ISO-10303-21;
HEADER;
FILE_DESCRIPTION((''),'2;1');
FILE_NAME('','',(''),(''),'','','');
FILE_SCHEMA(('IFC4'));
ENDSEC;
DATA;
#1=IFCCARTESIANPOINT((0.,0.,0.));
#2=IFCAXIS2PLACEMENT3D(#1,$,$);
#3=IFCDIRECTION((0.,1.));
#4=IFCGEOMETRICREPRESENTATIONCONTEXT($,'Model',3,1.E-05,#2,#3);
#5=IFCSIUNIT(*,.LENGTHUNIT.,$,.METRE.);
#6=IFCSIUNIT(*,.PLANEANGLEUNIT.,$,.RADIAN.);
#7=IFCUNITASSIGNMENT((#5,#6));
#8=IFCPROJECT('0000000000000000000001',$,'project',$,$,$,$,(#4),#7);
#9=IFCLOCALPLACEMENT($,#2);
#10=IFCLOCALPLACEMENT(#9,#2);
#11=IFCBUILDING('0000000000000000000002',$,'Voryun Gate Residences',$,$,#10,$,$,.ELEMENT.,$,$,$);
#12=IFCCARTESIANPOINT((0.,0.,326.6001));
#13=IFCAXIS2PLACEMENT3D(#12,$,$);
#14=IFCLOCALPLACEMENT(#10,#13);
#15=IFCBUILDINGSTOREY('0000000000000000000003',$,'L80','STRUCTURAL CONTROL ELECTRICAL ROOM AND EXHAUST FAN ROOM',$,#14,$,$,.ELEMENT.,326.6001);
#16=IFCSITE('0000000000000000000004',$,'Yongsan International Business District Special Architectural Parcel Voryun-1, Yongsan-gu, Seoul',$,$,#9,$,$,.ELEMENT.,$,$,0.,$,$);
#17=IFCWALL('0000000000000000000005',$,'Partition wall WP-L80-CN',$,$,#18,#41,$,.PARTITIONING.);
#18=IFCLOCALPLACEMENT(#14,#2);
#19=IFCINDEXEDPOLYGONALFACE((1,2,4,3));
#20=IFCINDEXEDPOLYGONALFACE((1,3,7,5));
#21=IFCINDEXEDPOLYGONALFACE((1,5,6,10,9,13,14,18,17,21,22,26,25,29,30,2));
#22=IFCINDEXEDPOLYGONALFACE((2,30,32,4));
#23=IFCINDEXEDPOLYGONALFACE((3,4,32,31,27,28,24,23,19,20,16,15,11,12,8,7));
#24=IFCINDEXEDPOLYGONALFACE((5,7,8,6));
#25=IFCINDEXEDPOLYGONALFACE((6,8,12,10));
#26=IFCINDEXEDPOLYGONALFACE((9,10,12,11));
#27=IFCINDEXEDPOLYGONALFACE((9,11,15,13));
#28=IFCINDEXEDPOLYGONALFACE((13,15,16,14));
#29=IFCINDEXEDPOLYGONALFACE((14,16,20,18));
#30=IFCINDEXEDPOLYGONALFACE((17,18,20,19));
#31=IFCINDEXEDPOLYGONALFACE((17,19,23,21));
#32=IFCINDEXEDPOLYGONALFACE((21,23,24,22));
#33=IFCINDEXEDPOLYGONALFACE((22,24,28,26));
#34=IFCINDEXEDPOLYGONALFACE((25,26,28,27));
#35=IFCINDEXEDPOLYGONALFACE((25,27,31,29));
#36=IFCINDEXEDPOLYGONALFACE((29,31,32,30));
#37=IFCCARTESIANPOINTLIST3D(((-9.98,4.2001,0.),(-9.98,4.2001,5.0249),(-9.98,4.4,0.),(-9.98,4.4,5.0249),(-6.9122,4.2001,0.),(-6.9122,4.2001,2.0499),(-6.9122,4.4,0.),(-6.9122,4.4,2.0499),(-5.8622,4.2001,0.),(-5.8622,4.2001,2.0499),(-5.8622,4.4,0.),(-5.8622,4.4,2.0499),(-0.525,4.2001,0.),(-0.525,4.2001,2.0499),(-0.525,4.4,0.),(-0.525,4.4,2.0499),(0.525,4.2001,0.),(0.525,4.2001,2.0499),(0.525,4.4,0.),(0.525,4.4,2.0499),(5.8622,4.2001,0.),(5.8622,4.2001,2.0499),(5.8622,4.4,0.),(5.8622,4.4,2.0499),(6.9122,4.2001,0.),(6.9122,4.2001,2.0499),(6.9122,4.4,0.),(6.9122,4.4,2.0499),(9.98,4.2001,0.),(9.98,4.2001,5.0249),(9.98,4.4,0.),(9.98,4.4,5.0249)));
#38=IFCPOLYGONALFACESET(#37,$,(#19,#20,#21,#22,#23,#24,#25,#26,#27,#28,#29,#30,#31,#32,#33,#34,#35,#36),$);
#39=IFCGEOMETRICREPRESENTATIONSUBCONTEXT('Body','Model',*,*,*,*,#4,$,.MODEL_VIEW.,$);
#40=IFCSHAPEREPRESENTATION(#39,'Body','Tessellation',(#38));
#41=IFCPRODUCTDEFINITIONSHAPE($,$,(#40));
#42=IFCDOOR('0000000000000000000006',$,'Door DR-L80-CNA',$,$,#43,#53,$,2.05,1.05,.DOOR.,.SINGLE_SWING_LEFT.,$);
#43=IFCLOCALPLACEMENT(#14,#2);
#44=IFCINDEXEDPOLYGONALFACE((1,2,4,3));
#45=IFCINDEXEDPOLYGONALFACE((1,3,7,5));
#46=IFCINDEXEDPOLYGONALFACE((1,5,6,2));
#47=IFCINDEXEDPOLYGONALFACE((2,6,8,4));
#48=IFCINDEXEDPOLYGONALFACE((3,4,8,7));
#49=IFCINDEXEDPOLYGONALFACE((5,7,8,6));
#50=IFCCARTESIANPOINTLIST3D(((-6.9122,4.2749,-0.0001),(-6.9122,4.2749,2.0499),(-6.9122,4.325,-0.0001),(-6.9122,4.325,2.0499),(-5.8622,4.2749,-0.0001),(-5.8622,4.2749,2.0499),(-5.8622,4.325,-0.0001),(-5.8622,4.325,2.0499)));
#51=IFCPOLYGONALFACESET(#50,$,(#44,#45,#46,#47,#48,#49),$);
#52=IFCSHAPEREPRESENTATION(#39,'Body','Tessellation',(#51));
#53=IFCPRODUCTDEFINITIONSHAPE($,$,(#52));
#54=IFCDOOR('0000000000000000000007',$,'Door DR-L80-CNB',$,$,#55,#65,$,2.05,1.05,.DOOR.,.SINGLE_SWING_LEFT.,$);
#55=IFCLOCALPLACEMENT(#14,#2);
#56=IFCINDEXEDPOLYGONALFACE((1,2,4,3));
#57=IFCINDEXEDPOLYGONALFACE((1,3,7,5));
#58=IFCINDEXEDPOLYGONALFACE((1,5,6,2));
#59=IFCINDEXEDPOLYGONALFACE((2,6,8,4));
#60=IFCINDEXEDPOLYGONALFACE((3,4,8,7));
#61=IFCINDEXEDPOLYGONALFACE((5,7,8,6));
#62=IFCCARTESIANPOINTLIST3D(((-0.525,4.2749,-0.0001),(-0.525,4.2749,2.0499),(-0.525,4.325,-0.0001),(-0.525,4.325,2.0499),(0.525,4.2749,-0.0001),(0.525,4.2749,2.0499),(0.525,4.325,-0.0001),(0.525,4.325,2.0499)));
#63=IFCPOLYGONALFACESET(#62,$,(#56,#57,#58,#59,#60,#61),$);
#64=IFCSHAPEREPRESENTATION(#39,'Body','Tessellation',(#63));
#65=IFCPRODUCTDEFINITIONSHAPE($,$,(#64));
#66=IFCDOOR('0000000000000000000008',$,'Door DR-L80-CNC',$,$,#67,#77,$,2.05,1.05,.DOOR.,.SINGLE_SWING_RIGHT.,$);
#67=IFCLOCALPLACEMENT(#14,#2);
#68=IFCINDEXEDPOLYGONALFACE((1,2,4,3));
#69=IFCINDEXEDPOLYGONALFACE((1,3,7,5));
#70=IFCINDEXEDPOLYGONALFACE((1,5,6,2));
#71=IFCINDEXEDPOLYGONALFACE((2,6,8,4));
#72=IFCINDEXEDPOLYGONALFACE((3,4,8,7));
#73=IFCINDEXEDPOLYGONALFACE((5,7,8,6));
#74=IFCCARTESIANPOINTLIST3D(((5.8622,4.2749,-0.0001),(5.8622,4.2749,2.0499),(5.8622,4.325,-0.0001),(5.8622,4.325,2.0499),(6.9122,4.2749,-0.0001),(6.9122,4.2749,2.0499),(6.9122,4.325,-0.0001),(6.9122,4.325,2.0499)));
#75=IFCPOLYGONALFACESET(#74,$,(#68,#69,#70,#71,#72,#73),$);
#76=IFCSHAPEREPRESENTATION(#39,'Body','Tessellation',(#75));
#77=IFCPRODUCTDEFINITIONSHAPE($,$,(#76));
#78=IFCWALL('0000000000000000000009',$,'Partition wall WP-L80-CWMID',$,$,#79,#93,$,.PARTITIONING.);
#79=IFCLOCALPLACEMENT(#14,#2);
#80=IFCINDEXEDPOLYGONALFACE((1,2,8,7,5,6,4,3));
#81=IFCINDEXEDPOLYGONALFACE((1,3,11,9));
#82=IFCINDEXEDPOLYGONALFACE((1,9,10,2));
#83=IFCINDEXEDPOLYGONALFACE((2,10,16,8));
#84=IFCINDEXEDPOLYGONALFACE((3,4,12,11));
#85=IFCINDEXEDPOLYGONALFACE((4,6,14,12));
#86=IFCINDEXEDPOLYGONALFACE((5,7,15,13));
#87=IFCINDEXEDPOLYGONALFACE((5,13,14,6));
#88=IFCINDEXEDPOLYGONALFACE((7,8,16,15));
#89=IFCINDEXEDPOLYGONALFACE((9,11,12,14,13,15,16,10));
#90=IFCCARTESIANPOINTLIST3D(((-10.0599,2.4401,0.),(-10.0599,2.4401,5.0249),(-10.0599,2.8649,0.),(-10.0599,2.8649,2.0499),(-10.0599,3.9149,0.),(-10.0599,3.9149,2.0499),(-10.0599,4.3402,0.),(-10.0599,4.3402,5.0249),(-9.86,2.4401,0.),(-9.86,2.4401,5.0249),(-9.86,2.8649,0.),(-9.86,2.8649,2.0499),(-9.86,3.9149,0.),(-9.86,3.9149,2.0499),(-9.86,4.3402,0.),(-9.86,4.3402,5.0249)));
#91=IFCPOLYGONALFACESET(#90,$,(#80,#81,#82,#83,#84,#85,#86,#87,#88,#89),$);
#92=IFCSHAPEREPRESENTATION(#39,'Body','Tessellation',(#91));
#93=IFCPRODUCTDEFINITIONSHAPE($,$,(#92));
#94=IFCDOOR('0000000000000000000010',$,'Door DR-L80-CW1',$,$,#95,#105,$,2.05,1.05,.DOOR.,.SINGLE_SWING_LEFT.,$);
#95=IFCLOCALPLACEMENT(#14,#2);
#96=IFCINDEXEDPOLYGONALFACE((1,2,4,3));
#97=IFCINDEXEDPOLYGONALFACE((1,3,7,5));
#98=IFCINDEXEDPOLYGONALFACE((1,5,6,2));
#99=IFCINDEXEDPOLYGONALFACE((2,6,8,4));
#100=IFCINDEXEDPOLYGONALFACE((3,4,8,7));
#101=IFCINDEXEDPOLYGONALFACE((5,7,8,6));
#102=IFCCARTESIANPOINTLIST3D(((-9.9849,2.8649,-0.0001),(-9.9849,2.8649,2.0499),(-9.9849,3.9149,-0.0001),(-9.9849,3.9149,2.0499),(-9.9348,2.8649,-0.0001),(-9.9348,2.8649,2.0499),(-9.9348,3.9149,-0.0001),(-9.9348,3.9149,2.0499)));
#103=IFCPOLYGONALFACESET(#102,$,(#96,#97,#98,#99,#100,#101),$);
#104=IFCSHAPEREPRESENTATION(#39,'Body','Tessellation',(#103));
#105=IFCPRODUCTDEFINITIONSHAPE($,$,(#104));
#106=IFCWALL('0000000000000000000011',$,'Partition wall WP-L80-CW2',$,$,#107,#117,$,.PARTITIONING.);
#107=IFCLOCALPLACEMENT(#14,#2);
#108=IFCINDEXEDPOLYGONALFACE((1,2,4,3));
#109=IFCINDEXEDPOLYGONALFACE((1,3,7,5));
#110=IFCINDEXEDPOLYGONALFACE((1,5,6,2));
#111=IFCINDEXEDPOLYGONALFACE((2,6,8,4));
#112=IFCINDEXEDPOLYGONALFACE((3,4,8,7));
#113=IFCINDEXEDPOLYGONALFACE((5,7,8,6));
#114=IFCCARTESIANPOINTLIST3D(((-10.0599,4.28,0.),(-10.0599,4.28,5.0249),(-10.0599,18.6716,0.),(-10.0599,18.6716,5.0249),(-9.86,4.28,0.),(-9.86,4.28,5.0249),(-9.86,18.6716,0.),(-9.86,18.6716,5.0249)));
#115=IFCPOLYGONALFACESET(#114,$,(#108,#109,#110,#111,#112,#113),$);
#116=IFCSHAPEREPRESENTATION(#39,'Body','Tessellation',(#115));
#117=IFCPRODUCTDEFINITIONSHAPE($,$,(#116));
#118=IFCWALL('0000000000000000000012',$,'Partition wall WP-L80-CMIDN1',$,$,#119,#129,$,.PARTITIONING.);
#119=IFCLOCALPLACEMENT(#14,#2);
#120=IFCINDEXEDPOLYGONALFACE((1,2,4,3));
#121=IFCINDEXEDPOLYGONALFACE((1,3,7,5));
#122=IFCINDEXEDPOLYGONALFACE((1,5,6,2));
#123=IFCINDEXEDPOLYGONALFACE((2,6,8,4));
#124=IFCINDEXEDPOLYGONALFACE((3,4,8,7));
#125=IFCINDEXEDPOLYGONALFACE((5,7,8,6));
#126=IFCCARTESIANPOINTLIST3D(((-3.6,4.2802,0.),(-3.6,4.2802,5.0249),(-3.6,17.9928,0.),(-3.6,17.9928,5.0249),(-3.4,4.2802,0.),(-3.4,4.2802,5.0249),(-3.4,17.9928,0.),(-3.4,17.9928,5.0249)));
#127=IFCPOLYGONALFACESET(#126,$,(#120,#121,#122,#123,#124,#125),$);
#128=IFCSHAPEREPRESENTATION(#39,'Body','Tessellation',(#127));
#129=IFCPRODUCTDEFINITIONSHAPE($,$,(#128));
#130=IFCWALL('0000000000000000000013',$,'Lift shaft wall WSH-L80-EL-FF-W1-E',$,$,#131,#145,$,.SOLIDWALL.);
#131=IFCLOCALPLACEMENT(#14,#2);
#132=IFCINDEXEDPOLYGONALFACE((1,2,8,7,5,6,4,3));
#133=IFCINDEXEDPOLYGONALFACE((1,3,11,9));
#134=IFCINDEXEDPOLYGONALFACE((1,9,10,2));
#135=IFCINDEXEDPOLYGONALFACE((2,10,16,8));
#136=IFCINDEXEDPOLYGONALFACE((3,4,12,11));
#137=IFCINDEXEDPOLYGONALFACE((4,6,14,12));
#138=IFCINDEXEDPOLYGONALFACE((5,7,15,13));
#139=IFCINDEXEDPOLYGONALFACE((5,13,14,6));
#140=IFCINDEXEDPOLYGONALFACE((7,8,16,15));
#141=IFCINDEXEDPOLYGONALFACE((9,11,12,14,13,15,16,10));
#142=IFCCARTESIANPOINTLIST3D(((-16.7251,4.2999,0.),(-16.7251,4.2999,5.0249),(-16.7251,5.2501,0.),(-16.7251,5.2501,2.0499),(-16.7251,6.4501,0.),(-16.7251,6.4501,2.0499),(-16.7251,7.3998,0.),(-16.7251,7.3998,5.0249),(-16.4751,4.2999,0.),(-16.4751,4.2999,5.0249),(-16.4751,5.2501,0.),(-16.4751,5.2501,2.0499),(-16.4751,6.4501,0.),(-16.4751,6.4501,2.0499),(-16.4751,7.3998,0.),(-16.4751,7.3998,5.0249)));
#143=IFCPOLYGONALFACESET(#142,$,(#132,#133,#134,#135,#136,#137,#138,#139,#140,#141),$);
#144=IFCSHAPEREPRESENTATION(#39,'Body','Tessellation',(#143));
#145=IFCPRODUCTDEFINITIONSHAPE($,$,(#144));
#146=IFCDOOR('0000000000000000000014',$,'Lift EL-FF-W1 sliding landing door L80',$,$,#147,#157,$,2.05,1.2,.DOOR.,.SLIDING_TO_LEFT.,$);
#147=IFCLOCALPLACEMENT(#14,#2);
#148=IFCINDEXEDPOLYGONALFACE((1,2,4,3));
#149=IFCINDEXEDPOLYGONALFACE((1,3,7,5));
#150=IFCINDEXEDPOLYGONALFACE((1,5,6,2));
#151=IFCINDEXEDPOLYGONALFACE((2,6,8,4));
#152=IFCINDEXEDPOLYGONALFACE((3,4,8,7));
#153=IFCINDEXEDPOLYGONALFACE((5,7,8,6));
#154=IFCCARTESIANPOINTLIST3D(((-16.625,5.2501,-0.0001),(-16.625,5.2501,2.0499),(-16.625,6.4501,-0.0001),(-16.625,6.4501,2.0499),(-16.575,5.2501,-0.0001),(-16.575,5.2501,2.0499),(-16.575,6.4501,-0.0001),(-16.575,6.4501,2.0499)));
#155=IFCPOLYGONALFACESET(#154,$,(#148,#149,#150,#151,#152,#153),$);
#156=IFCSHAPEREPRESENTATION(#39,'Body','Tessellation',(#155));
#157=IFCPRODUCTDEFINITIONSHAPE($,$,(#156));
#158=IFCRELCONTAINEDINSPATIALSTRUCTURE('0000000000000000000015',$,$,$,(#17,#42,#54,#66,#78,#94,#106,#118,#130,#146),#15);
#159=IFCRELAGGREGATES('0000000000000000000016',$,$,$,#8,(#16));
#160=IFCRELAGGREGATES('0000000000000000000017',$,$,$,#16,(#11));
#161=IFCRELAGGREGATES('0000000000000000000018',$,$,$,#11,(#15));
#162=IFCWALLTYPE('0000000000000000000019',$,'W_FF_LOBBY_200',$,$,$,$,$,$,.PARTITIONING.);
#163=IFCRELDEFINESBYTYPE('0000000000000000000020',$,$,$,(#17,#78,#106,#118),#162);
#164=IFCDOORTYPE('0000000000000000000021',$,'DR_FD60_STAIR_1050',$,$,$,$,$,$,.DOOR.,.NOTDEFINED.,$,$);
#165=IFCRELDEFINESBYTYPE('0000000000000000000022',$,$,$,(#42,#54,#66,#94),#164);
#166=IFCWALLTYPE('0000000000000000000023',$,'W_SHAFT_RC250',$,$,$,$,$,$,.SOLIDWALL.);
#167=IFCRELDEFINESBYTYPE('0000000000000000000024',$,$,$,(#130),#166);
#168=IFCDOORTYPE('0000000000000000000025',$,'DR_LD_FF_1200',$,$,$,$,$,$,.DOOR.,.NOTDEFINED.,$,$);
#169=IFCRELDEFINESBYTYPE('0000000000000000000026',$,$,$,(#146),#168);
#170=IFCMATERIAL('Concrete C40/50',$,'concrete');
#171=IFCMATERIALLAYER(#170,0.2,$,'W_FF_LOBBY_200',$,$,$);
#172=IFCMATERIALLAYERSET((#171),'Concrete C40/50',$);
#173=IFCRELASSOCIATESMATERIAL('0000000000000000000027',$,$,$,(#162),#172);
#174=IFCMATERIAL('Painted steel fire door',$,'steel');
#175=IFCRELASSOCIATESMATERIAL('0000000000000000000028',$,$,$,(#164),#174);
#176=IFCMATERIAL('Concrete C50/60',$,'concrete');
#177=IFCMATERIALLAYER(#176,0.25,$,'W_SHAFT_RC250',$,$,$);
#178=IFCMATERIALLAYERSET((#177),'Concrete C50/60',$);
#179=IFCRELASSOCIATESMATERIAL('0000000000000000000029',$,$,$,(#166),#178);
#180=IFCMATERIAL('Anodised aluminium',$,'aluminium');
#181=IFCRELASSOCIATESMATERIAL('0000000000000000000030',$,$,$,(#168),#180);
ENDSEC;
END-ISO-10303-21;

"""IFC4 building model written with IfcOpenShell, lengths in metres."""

from ifc_helpers import new_model, si_unit, direction, frame, frame_2d, origin, place, context, subcontext, project, spatial, rectangle, extrude, material, layer, layer_set, type_object, element, fill, save


model = new_model("IFC4")

# Units and contexts
model_context = context("Model", 3, precision=1e-05, world=origin(), true_north=direction((0.0, 1.0)))
body_context = subcontext(model_context, "Body", "Model", "MODEL_VIEW")
ifc_project = project(units=[si_unit("LENGTHUNIT", "METRE"), si_unit("PLANEANGLEUNIT", "RADIAN")], contexts=[model_context])

# Site, building, storey
site_placement = place(None, origin())
site = spatial("IfcSite", under=ifc_project, at=site_placement, Name="Yongsan International Business District Special Architectural Parcel Voryun-1, Yongsan-gu, Seoul", CompositionType="ELEMENT", RefElevation=0.0)
building_placement = place(site_placement, origin())
building = spatial("IfcBuilding", under=site, at=building_placement, Name="Voryun Gate Residences", CompositionType="ELEMENT")
storey_placement = place(building_placement, frame((0.0, 0.0, 326.6001)))
storey = spatial("IfcBuildingStorey", under=building, at=storey_placement, Name="L80", Description="STRUCTURAL CONTROL ELECTRICAL ROOM AND EXHAUST FAN ROOM", CompositionType="ELEMENT", Elevation=326.6001)

# Shared definitions
ifc_material_1 = material(Name="Concrete C40/50", Category="concrete")
ifc_layer_1 = layer(ifc_material_1, 0.2, Name="W_FF_LOBBY_200")
ifc_layer_set_1 = layer_set([ifc_layer_1], Name="Concrete C40/50")
wall_type_1 = type_object("IfcWallType", Name="W_FF_LOBBY_200", PredefinedType="PARTITIONING", material=ifc_layer_set_1)

# Wall, openings, doors
ifc_material_2 = material(Name="Painted steel fire door", Category="steel")
door_type_1 = type_object("IfcDoorType", Name="DR_FD60_STAIR_1050", OperationType="NOTDEFINED", PredefinedType="DOOR", material=ifc_material_2)
wall_1_placement = place(storey_placement, frame((-9.98, 4.3, 0.0), z_axis=(0.0, 0.0, 1.0), x_axis=(1.0, 0.0, 0.0)))
wall_1 = element("IfcWall", 1, at=wall_1_placement, inside=storey, type_object=wall_type_1, Name="Partition wall WP-L80-CN", PredefinedType="PARTITIONING", context=body_context, shape_type="SweptSolid", body=[
    extrude(rectangle(XDim=19.96, YDim=0.2, at=frame_2d((9.98, 0.0))), origin(), (0.0, 0.0, 1.0), 5.0249),
])
opening_1_placement = place(wall_1_placement, frame((3.0679, 0.0, 0.0)))
opening_1 = element("IfcOpeningElement", 2, at=opening_1_placement, cuts=wall_1, PredefinedType="OPENING", context=body_context, shape_type="SweptSolid", body=[
    extrude(rectangle(XDim=1.05, YDim=2.05, at=frame_2d((0.5249, 1.0249))), frame((0.0, 0.1101, 0.0), z_axis=(0.0, -1.0, 0.0), x_axis=(1.0, 0.0, 0.0)), (0.0, 0.0, 1.0), 0.22),
])
opening_2_placement = place(wall_1_placement, frame((9.4551, 0.0, 0.0)))
opening_2 = element("IfcOpeningElement", 3, at=opening_2_placement, cuts=wall_1, PredefinedType="OPENING", context=body_context, shape_type="SweptSolid", body=[
    extrude(rectangle(XDim=1.05, YDim=2.05, at=frame_2d((0.5249, 1.0249))), frame((0.0, 0.1101, 0.0), z_axis=(0.0, -1.0, 0.0), x_axis=(1.0, 0.0, 0.0)), (0.0, 0.0, 1.0), 0.22),
])
opening_3_placement = place(wall_1_placement, frame((15.8423, 0.0, 0.0)))
opening_3 = element("IfcOpeningElement", 4, at=opening_3_placement, cuts=wall_1, PredefinedType="OPENING", context=body_context, shape_type="SweptSolid", body=[
    extrude(rectangle(XDim=1.05, YDim=2.05, at=frame_2d((0.5249, 1.0249))), frame((0.0, 0.1101, 0.0), z_axis=(0.0, -1.0, 0.0), x_axis=(1.0, 0.0, 0.0)), (0.0, 0.0, 1.0), 0.22),
])
door_1_placement = place(opening_1_placement, origin())
door_1 = element("IfcDoor", 5, at=door_1_placement, inside=storey, type_object=door_type_1, Name="Door DR-L80-CNA", OperationType="SINGLE_SWING_LEFT", OverallHeight=2.05, OverallWidth=1.05, PredefinedType="DOOR", context=body_context, shape_type="SweptSolid", body=[
    extrude(rectangle(XDim=1.05, YDim=2.05, at=frame_2d((0.5249, 1.0249))), frame((0.0, 0.0249, 0.0), z_axis=(0.0, -1.0, 0.0), x_axis=(1.0, 0.0, 0.0)), (0.0, 0.0, 1.0), 0.05),
])
fill(opening_1, door_1)
door_2_placement = place(opening_2_placement, origin())
door_2 = element("IfcDoor", 6, at=door_2_placement, inside=storey, type_object=door_type_1, Name="Door DR-L80-CNB", OperationType="SINGLE_SWING_LEFT", OverallHeight=2.05, OverallWidth=1.05, PredefinedType="DOOR", context=body_context, shape_type="SweptSolid", body=[
    extrude(rectangle(XDim=1.05, YDim=2.05, at=frame_2d((0.5249, 1.0249))), frame((0.0, 0.0249, 0.0), z_axis=(0.0, -1.0, 0.0), x_axis=(1.0, 0.0, 0.0)), (0.0, 0.0, 1.0), 0.05),
])
fill(opening_2, door_2)
door_3_placement = place(opening_3_placement, origin())
door_3 = element("IfcDoor", 7, at=door_3_placement, inside=storey, type_object=door_type_1, Name="Door DR-L80-CNC", OperationType="SINGLE_SWING_RIGHT", OverallHeight=2.05, OverallWidth=1.05, PredefinedType="DOOR", context=body_context, shape_type="SweptSolid", body=[
    extrude(rectangle(XDim=1.05, YDim=2.05, at=frame_2d((0.5249, 1.0249))), frame((0.0, 0.0249, 0.0), z_axis=(0.0, -1.0, 0.0), x_axis=(1.0, 0.0, 0.0)), (0.0, 0.0, 1.0), 0.05),
])
fill(opening_3, door_3)

# Wall, opening, door
wall_2_placement = place(storey_placement, frame((-9.96, 2.4399, 0.0), z_axis=(0.0, 0.0, 1.0), x_axis=(0.0, 1.0, 0.0)))
wall_2 = element("IfcWall", 8, at=wall_2_placement, inside=storey, type_object=wall_type_1, Name="Partition wall WP-L80-CWMID", PredefinedType="PARTITIONING", context=body_context, shape_type="SweptSolid", body=[
    extrude(rectangle(XDim=1.9001, YDim=0.2, at=frame_2d((0.9502, 0.0))), origin(), (0.0, 0.0, 1.0), 5.0249),
])
opening_4_placement = place(wall_2_placement, frame((0.425, 0.0, 0.0)))
opening_4 = element("IfcOpeningElement", 9, at=opening_4_placement, cuts=wall_2, PredefinedType="OPENING", context=body_context, shape_type="SweptSolid", body=[
    extrude(rectangle(XDim=1.05, YDim=2.05, at=frame_2d((0.5249, 1.0249))), frame((0.0, 0.1101, 0.0), z_axis=(0.0, -1.0, 0.0), x_axis=(1.0, 0.0, 0.0)), (0.0, 0.0, 1.0), 0.22),
])
door_4_placement = place(opening_4_placement, origin())
door_4 = element("IfcDoor", 10, at=door_4_placement, inside=storey, type_object=door_type_1, Name="Door DR-L80-CW1", OperationType="SINGLE_SWING_LEFT", OverallHeight=2.05, OverallWidth=1.05, PredefinedType="DOOR", context=body_context, shape_type="SweptSolid", body=[
    extrude(rectangle(XDim=1.05, YDim=2.05, at=frame_2d((0.5249, 1.0249))), frame((0.0, 0.0249, 0.0), z_axis=(0.0, -1.0, 0.0), x_axis=(1.0, 0.0, 0.0)), (0.0, 0.0, 1.0), 0.05),
])
fill(opening_4, door_4)

# Walls
wall_3_placement = place(storey_placement, frame((-9.96, 4.28, 0.0), z_axis=(0.0, 0.0, 1.0), x_axis=(0.0, 1.0, 0.0)))
element("IfcWall", 11, at=wall_3_placement, inside=storey, type_object=wall_type_1, Name="Partition wall WP-L80-CW2", PredefinedType="PARTITIONING", context=body_context, shape_type="SweptSolid", body=[
    extrude(rectangle(XDim=14.3916, YDim=0.2, at=frame_2d((7.1958, 0.0))), origin(), (0.0, 0.0, 1.0), 5.0249),
])
wall_4_placement = place(storey_placement, frame((-3.5, 4.28, 0.0), z_axis=(0.0, 0.0, 1.0), x_axis=(0.0, 1.0, 0.0)))
element("IfcWall", 12, at=wall_4_placement, inside=storey, type_object=wall_type_1, Name="Partition wall WP-L80-CMIDN1", PredefinedType="PARTITIONING", context=body_context, shape_type="SweptSolid", body=[
    extrude(rectangle(XDim=13.7126, YDim=0.2, at=frame_2d((6.8564, 0.0))), origin(), (0.0, 0.0, 1.0), 5.0249),
])

# Wall, opening, door
ifc_material_3 = material(Name="Concrete C50/60", Category="concrete")
ifc_layer_2 = layer(ifc_material_3, 0.25, Name="W_SHAFT_RC250")
ifc_layer_set_2 = layer_set([ifc_layer_2], Name="Concrete C50/60")
wall_type_2 = type_object("IfcWallType", Name="W_SHAFT_RC250", PredefinedType="SOLIDWALL", material=ifc_layer_set_2)
wall_5_placement = place(storey_placement, frame((-16.6001, 4.3, 0.0), z_axis=(0.0, 0.0, 1.0), x_axis=(0.0, 1.0, 0.0)))
wall_5 = element("IfcWall", 13, at=wall_5_placement, inside=storey, type_object=wall_type_2, Name="Lift shaft wall WSH-L80-EL-FF-W1-E", PredefinedType="SOLIDWALL", context=body_context, shape_type="SweptSolid", body=[
    extrude(rectangle(XDim=3.0999, YDim=0.25, at=frame_2d((1.5498, 0.0))), origin(), (0.0, 0.0, 1.0), 5.0249),
])
opening_5_placement = place(wall_5_placement, frame((0.95, 0.0, 0.0)))
opening_5 = element("IfcOpeningElement", 14, at=opening_5_placement, cuts=wall_5, PredefinedType="OPENING", context=body_context, shape_type="SweptSolid", body=[
    extrude(rectangle(XDim=1.2, YDim=2.05, at=frame_2d((0.6001, 1.0249))), frame((0.0, 0.135, 0.0), z_axis=(0.0, -1.0, 0.0), x_axis=(1.0, 0.0, 0.0)), (0.0, 0.0, 1.0), 0.27),
])
ifc_material_4 = material(Name="Anodised aluminium", Category="aluminium")
door_type_2 = type_object("IfcDoorType", Name="DR_LD_FF_1200", OperationType="NOTDEFINED", PredefinedType="DOOR", material=ifc_material_4)
door_5_placement = place(opening_5_placement, origin())
door_5 = element("IfcDoor", 15, at=door_5_placement, inside=storey, type_object=door_type_2, Name="Lift EL-FF-W1 sliding landing door L80", OperationType="SLIDING_TO_LEFT", OverallHeight=2.05, OverallWidth=1.2, PredefinedType="DOOR", context=body_context, shape_type="SweptSolid", body=[
    extrude(rectangle(XDim=1.2, YDim=2.05, at=frame_2d((0.6001, 1.0249))), frame((0.0, 0.0249, 0.0), z_axis=(0.0, -1.0, 0.0), x_axis=(1.0, 0.0, 0.0)), (0.0, 0.0, 1.0), 0.05),
])
fill(opening_5, door_5)

save(model, "model.ifc")
